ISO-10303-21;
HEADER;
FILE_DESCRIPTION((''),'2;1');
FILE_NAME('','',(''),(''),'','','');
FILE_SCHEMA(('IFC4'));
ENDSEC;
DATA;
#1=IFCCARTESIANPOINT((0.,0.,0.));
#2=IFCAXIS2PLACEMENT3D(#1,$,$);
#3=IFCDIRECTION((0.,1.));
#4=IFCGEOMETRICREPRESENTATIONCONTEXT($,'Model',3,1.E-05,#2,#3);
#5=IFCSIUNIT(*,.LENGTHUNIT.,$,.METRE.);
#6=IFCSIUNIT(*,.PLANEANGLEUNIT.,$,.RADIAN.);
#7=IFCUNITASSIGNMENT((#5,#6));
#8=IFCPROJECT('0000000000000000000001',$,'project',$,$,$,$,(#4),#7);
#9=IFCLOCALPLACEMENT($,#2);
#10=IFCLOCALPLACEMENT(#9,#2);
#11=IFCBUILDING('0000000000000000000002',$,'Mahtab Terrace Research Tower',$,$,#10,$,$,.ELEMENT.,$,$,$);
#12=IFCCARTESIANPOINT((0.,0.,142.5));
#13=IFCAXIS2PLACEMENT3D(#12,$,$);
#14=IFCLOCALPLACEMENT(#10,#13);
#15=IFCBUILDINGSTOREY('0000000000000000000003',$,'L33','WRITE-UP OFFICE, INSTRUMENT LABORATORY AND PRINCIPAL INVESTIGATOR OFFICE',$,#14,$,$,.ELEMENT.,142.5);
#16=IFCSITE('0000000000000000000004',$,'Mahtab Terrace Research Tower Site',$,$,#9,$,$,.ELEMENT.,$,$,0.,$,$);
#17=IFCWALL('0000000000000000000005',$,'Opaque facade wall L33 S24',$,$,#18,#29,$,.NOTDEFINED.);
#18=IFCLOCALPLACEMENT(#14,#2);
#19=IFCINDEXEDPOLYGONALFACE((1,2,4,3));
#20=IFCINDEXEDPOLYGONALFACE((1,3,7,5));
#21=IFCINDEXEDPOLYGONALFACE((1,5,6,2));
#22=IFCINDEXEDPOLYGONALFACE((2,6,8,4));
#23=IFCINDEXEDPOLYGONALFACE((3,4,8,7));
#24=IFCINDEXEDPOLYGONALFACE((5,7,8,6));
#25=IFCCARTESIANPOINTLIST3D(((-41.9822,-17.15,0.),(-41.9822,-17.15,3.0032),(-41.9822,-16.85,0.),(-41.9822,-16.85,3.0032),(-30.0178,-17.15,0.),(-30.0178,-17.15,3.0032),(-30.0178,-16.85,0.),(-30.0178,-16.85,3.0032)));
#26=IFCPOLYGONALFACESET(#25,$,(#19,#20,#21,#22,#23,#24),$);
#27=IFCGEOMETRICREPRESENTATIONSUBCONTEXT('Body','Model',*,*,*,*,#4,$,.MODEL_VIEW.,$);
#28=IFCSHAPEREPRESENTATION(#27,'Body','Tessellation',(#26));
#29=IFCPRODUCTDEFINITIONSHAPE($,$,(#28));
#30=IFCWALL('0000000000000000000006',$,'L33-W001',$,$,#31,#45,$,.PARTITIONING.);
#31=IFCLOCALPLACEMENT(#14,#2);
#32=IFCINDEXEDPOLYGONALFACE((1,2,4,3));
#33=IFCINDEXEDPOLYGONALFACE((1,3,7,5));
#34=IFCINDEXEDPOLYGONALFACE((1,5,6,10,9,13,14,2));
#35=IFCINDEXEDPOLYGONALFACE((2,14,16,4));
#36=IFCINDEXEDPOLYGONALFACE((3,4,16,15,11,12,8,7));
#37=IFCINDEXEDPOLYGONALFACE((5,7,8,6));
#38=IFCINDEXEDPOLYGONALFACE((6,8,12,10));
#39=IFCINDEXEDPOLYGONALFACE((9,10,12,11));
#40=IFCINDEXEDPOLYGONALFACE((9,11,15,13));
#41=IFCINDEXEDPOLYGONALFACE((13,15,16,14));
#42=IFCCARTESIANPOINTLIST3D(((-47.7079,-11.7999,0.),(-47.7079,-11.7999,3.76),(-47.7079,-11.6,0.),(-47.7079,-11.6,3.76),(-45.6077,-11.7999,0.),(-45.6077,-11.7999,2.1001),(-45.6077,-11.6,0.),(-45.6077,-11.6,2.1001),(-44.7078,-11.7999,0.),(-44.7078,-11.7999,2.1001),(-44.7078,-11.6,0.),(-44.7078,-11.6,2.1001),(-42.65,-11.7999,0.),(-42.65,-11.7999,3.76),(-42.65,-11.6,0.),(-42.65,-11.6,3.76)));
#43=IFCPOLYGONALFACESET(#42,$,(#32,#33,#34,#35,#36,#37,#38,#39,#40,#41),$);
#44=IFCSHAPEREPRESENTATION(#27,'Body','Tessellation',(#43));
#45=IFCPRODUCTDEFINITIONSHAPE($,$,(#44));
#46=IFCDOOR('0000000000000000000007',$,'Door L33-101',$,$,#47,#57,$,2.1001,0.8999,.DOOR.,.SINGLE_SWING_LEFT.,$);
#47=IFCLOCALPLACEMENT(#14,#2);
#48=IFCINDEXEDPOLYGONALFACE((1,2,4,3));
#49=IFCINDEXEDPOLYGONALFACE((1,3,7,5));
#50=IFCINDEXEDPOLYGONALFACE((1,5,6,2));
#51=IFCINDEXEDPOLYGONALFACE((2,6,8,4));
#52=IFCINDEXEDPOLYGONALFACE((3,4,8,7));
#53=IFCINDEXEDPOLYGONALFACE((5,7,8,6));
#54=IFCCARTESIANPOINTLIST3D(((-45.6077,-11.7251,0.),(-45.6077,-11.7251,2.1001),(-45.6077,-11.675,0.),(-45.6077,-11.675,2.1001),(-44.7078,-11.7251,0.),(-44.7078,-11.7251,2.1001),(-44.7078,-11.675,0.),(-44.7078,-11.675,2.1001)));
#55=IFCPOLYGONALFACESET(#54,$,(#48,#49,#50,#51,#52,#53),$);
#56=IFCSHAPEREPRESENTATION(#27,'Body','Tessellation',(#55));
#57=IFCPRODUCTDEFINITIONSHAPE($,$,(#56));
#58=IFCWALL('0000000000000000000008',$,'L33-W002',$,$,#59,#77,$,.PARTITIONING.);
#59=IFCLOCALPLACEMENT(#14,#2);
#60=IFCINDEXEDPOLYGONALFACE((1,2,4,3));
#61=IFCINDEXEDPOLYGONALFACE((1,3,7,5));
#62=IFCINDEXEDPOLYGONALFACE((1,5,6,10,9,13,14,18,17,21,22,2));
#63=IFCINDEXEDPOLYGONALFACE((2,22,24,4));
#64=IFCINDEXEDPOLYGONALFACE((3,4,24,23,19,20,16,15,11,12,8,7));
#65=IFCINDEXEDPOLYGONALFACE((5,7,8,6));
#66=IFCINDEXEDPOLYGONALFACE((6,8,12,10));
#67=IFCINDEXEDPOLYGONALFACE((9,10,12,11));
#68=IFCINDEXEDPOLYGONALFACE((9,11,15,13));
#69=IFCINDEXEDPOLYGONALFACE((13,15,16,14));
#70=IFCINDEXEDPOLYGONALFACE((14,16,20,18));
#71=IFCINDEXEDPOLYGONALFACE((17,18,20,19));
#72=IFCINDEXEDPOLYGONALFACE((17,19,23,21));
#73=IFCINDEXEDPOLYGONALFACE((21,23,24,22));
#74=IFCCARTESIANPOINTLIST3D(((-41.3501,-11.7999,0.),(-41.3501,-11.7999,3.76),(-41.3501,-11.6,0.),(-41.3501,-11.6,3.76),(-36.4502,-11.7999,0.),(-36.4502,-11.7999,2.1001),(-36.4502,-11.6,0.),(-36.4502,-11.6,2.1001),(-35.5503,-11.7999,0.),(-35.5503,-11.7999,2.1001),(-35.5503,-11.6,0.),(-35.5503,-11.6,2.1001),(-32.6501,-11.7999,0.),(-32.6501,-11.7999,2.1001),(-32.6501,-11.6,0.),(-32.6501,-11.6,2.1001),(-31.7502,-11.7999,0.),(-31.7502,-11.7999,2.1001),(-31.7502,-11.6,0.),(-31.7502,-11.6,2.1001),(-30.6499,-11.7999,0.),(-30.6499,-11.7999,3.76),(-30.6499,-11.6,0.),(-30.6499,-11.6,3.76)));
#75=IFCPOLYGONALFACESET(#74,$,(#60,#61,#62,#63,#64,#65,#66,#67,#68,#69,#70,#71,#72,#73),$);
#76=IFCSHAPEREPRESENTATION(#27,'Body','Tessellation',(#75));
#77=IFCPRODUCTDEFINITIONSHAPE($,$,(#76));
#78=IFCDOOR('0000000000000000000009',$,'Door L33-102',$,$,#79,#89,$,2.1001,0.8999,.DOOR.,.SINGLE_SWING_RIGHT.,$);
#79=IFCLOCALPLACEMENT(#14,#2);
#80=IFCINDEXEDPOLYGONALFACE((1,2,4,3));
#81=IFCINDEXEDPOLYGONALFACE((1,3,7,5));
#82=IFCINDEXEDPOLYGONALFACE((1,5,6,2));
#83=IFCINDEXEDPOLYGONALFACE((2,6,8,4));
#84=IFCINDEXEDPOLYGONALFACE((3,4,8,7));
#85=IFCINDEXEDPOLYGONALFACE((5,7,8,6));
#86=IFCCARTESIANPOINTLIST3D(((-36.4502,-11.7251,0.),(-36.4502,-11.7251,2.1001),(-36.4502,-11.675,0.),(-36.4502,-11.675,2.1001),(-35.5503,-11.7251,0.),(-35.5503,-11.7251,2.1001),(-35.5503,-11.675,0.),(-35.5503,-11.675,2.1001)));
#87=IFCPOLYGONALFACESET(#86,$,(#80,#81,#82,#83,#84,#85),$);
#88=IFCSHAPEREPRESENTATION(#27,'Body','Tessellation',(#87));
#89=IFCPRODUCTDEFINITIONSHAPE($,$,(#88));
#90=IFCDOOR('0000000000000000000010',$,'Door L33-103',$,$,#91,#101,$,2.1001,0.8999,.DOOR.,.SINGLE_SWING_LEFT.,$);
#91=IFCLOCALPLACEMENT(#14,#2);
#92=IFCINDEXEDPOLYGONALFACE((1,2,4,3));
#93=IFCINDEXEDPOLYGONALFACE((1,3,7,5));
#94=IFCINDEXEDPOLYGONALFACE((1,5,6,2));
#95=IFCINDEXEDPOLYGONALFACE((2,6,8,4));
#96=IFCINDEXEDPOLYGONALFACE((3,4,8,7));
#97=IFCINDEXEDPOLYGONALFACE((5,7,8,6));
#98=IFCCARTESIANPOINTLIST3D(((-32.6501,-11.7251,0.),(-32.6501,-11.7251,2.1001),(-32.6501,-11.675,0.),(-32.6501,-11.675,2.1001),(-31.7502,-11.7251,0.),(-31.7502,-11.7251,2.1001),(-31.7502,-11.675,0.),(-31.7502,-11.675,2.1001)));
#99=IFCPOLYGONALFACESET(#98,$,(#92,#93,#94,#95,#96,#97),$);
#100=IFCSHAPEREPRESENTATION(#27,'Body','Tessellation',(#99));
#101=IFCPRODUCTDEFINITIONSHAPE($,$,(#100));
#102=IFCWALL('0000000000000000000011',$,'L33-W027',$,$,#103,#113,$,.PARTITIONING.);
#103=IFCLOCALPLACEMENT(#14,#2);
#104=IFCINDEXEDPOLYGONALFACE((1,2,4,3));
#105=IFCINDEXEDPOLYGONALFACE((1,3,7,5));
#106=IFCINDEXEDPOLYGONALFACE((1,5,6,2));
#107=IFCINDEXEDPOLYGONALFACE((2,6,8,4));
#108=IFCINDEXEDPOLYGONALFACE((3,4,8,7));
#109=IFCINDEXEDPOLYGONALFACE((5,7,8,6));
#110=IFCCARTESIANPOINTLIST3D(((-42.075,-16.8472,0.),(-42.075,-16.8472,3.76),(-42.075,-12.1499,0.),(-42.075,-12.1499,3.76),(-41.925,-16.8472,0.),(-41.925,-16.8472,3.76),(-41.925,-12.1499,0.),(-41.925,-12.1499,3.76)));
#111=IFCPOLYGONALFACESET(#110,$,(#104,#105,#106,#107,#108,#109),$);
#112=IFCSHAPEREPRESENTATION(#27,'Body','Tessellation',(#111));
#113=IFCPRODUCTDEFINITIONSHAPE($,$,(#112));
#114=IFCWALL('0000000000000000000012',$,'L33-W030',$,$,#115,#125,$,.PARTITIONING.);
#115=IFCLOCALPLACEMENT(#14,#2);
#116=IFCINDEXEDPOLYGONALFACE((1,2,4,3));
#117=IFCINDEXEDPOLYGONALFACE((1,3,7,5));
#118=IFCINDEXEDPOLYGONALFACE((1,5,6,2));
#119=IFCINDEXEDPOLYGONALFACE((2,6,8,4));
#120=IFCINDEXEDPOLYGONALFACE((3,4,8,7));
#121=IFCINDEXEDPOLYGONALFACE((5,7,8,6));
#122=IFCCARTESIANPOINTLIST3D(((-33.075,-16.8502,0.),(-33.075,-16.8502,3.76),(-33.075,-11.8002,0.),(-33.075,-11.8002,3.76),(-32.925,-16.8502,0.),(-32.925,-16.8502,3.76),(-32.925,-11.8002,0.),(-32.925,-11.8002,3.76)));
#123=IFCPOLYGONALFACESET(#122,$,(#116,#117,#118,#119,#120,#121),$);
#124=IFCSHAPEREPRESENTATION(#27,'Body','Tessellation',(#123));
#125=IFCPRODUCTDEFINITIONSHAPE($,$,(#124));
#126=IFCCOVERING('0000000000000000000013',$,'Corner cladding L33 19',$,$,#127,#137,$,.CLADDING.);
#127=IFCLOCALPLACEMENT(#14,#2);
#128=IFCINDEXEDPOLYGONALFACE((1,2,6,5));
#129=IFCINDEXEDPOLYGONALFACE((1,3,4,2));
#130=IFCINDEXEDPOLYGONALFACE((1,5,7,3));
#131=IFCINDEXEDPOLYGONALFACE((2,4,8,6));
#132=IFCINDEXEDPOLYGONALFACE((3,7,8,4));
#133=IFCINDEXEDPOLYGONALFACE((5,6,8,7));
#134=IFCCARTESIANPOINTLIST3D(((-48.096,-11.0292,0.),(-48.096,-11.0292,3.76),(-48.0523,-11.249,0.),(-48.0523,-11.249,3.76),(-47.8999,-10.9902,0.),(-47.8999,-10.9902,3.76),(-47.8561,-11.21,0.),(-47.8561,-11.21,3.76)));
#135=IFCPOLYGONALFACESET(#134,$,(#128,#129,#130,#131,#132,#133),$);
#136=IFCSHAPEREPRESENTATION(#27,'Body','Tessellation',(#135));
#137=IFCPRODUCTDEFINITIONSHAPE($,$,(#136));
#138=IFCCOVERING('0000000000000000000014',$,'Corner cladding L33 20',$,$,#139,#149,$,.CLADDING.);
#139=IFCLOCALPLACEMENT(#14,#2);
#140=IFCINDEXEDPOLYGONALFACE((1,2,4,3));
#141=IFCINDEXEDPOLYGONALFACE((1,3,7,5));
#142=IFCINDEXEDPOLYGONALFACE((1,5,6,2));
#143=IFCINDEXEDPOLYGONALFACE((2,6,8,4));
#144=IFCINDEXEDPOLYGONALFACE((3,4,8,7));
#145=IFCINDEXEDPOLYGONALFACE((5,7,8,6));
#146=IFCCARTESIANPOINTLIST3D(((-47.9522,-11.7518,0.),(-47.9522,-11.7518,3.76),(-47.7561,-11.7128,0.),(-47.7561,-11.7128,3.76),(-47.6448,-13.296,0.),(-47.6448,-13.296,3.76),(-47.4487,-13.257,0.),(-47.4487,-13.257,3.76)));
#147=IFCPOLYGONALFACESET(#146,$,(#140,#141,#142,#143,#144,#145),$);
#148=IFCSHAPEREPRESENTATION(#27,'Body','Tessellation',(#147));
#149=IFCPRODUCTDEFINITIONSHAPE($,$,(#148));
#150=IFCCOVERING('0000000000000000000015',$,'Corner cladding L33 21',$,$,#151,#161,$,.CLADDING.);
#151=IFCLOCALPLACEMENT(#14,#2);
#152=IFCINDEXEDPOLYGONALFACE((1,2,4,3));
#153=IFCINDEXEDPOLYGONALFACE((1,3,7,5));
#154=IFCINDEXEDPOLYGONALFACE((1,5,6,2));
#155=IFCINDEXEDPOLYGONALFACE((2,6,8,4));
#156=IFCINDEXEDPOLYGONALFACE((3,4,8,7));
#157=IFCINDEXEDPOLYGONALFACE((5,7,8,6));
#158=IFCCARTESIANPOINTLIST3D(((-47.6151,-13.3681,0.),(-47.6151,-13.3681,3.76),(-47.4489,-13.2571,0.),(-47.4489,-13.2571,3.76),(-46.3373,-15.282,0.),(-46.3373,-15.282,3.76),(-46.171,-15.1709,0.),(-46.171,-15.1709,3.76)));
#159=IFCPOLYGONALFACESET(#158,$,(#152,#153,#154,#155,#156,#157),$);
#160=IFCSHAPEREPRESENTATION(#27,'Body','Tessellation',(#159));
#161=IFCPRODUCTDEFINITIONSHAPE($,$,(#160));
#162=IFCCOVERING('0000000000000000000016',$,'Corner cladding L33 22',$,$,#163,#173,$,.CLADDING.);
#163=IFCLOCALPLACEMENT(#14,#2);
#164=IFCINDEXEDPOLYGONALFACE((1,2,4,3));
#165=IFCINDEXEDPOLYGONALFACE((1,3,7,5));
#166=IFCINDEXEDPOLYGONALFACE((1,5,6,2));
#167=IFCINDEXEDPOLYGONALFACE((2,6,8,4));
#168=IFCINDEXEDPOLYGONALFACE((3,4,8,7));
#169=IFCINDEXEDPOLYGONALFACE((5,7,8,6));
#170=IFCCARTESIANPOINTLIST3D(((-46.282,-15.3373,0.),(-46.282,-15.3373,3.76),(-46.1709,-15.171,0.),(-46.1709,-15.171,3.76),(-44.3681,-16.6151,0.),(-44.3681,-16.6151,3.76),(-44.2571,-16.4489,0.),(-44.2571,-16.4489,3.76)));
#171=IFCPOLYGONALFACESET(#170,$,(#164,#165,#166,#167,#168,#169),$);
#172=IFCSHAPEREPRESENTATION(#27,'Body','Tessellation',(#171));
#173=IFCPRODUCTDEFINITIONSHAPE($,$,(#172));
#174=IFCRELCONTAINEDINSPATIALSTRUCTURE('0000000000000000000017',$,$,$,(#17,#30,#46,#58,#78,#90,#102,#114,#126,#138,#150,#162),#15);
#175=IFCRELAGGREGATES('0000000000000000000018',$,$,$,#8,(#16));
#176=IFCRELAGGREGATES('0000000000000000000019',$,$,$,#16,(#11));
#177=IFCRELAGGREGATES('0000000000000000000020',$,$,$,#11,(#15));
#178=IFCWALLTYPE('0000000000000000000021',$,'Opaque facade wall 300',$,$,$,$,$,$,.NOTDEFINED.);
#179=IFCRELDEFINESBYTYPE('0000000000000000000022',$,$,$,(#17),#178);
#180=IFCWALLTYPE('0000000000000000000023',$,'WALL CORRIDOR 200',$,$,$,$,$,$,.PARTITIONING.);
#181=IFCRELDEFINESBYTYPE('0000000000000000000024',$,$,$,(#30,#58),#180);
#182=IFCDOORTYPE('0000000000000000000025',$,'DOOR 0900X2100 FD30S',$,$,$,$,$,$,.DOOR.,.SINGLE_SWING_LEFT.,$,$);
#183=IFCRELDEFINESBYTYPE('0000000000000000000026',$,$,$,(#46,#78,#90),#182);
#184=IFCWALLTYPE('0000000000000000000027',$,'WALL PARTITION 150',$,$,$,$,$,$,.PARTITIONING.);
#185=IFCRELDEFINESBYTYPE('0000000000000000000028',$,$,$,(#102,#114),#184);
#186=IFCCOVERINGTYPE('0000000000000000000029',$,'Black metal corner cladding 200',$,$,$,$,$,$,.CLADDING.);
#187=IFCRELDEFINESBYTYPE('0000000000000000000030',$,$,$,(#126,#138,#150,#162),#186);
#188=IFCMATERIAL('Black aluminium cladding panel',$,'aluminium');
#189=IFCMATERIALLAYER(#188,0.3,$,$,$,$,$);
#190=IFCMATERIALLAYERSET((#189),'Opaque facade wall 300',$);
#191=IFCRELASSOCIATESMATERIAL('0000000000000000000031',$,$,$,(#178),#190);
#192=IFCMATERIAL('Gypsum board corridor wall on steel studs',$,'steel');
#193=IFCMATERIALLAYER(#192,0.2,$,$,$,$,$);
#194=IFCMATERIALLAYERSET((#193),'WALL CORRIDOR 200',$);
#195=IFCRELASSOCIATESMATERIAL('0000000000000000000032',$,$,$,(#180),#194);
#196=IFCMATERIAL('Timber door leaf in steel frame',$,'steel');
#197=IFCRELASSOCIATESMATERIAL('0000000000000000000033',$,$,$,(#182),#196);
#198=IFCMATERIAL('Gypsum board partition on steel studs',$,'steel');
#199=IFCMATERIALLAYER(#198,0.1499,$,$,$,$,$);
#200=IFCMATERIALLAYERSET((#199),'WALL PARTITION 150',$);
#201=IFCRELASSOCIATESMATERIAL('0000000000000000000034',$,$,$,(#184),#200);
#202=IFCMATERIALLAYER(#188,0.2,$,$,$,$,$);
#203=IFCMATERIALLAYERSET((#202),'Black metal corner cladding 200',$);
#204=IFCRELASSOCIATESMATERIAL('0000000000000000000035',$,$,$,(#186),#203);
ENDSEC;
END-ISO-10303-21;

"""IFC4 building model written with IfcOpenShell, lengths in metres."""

from ifc_helpers import new_model, si_unit, direction, frame, frame_2d, origin, origin_2d, place, context, subcontext, project, spatial, rectangle, extrude, material, layer, layer_set, type_object, element, fill, save


model = new_model("IFC4")

# Units and contexts
model_context = context("Model", 3, precision=1e-05, world=origin(), true_north=direction((0.0, 1.0)))
body_context = subcontext(model_context, "Body", "Model", "MODEL_VIEW")
ifc_project = project(units=[si_unit("LENGTHUNIT", "METRE"), si_unit("PLANEANGLEUNIT", "RADIAN")], contexts=[model_context])

# Site, building, storey
site_placement = place(None, origin())
site = spatial("IfcSite", under=ifc_project, at=site_placement, Name="Mahtab Terrace Research Tower Site", CompositionType="ELEMENT", RefElevation=0.0)
building_placement = place(site_placement, origin())
building = spatial("IfcBuilding", under=site, at=building_placement, Name="Mahtab Terrace Research Tower", CompositionType="ELEMENT")
storey_placement = place(building_placement, frame((0.0, 0.0, 142.5)))
storey = spatial("IfcBuildingStorey", under=building, at=storey_placement, Name="L33", Description="WRITE-UP OFFICE, INSTRUMENT LABORATORY AND PRINCIPAL INVESTIGATOR OFFICE", CompositionType="ELEMENT", Elevation=142.5)

# Wall
ifc_material_1 = material(Name="Black aluminium cladding panel", Category="aluminium")
ifc_layer_1 = layer(ifc_material_1, 0.3)
ifc_layer_set_1 = layer_set([ifc_layer_1], Name="Opaque facade wall 300")
wall_type_1 = type_object("IfcWallType", Name="Opaque facade wall 300", PredefinedType="NOTDEFINED", material=ifc_layer_set_1)
wall_1_placement = place(storey_placement, frame((-41.9822, -17.0, 0.0), z_axis=(0.0, 0.0, 1.0), x_axis=(1.0, 0.0, 0.0)))
element("IfcWall", 1, at=wall_1_placement, inside=storey, type_object=wall_type_1, Name="Opaque facade wall L33 S24", PredefinedType="NOTDEFINED", context=body_context, shape_type="SweptSolid", body=[
    extrude(rectangle(XDim=11.9644, YDim=0.3, at=frame_2d((5.9822, 0.0))), origin(), (0.0, 0.0, 1.0), 3.0032),
])

# Wall, opening, door
ifc_material_2 = material(Name="Gypsum board corridor wall on steel studs", Category="steel")
ifc_layer_2 = layer(ifc_material_2, 0.2)
ifc_layer_set_2 = layer_set([ifc_layer_2], Name="WALL CORRIDOR 200")
wall_type_2 = type_object("IfcWallType", Name="WALL CORRIDOR 200", PredefinedType="PARTITIONING", material=ifc_layer_set_2)
wall_2_placement = place(storey_placement, frame((-47.7078, -11.7, 0.0), z_axis=(0.0, 0.0, 1.0), x_axis=(1.0, 0.0, 0.0)))
wall_2 = element("IfcWall", 2, at=wall_2_placement, inside=storey, type_object=wall_type_2, Name="L33-W001", PredefinedType="PARTITIONING", context=body_context, shape_type="SweptSolid", body=[
    extrude(rectangle(XDim=5.0579, YDim=0.2, at=frame_2d((2.5288, 0.0))), origin(), (0.0, 0.0, 1.0), 3.76),
])
opening_1_placement = place(wall_2_placement, frame((2.1001, 0.0, 0.0)))
opening_1 = element("IfcOpeningElement", 3, at=opening_1_placement, cuts=wall_2, PredefinedType="OPENING", context=body_context, shape_type="SweptSolid", body=[
    extrude(rectangle(XDim=0.8999, YDim=2.1001, at=frame_2d((0.45, 1.05))), frame((0.0, 0.1099, 0.0), z_axis=(0.0, -1.0, 0.0), x_axis=(1.0, 0.0, 0.0)), (0.0, 0.0, 1.0), 0.22),
])
ifc_material_3 = material(Name="Timber door leaf in steel frame", Category="steel")
door_type = type_object("IfcDoorType", Name="DOOR 0900X2100 FD30S", OperationType="SINGLE_SWING_LEFT", PredefinedType="DOOR", material=ifc_material_3)
door_1_placement = place(opening_1_placement, origin())
door_1 = element("IfcDoor", 4, at=door_1_placement, inside=storey, type_object=door_type, Name="Door L33-101", OperationType="SINGLE_SWING_LEFT", OverallHeight=2.1001, OverallWidth=0.8999, PredefinedType="DOOR", context=body_context, shape_type="SweptSolid", body=[
    extrude(rectangle(XDim=0.8999, YDim=2.1001, at=frame_2d((0.45, 1.05))), frame((0.0, 0.0249, 0.0), z_axis=(0.0, -1.0, 0.0), x_axis=(1.0, 0.0, 0.0)), (0.0, 0.0, 1.0), 0.05),
])
fill(opening_1, door_1)

# Wall, openings, doors
wall_3_placement = place(storey_placement, frame((-41.3501, -11.7, 0.0), z_axis=(0.0, 0.0, 1.0), x_axis=(1.0, 0.0, 0.0)))
wall_3 = element("IfcWall", 5, at=wall_3_placement, inside=storey, type_object=wall_type_2, Name="L33-W002", PredefinedType="PARTITIONING", context=body_context, shape_type="SweptSolid", body=[
    extrude(rectangle(XDim=10.7002, YDim=0.2, at=frame_2d((5.3501, 0.0))), origin(), (0.0, 0.0, 1.0), 3.76),
])
opening_2_placement = place(wall_3_placement, frame((4.8999, 0.0, 0.0)))
opening_2 = element("IfcOpeningElement", 6, at=opening_2_placement, cuts=wall_3, PredefinedType="OPENING", context=body_context, shape_type="SweptSolid", body=[
    extrude(rectangle(XDim=0.8999, YDim=2.1001, at=frame_2d((0.45, 1.05))), frame((0.0, 0.1099, 0.0), z_axis=(0.0, -1.0, 0.0), x_axis=(1.0, 0.0, 0.0)), (0.0, 0.0, 1.0), 0.22),
])
opening_3_placement = place(wall_3_placement, frame((8.7, 0.0, 0.0)))
opening_3 = element("IfcOpeningElement", 7, at=opening_3_placement, cuts=wall_3, PredefinedType="OPENING", context=body_context, shape_type="SweptSolid", body=[
    extrude(rectangle(XDim=0.8999, YDim=2.1001, at=frame_2d((0.45, 1.05))), frame((0.0, 0.1099, 0.0), z_axis=(0.0, -1.0, 0.0), x_axis=(1.0, 0.0, 0.0)), (0.0, 0.0, 1.0), 0.22),
])
door_2_placement = place(opening_2_placement, origin())
door_2 = element("IfcDoor", 8, at=door_2_placement, inside=storey, type_object=door_type, Name="Door L33-102", OperationType="SINGLE_SWING_RIGHT", OverallHeight=2.1001, OverallWidth=0.8999, PredefinedType="DOOR", context=body_context, shape_type="SweptSolid", body=[
    extrude(rectangle(XDim=0.8999, YDim=2.1001, at=frame_2d((0.45, 1.05))), frame((0.0, 0.0249, 0.0), z_axis=(0.0, -1.0, 0.0), x_axis=(1.0, 0.0, 0.0)), (0.0, 0.0, 1.0), 0.05),
])
fill(opening_2, door_2)
door_3_placement = place(opening_3_placement, origin())
door_3 = element("IfcDoor", 9, at=door_3_placement, inside=storey, type_object=door_type, Name="Door L33-103", OperationType="SINGLE_SWING_LEFT", OverallHeight=2.1001, OverallWidth=0.8999, PredefinedType="DOOR", context=body_context, shape_type="SweptSolid", body=[
    extrude(rectangle(XDim=0.8999, YDim=2.1001, at=frame_2d((0.45, 1.05))), frame((0.0, 0.0249, 0.0), z_axis=(0.0, -1.0, 0.0), x_axis=(1.0, 0.0, 0.0)), (0.0, 0.0, 1.0), 0.05),
])
fill(opening_3, door_3)

# Walls
ifc_material_4 = material(Name="Gypsum board partition on steel studs", Category="steel")
ifc_layer_3 = layer(ifc_material_4, 0.1499)
ifc_layer_set_3 = layer_set([ifc_layer_3], Name="WALL PARTITION 150")
wall_type_3 = type_object("IfcWallType", Name="WALL PARTITION 150", PredefinedType="PARTITIONING", material=ifc_layer_set_3)
wall_4_placement = place(storey_placement, frame((-42.0, -16.8472, 0.0), z_axis=(0.0, 0.0, 1.0), x_axis=(0.0, 1.0, 0.0)))
element("IfcWall", 10, at=wall_4_placement, inside=storey, type_object=wall_type_3, Name="L33-W027", PredefinedType="PARTITIONING", context=body_context, shape_type="SweptSolid", body=[
    extrude(rectangle(XDim=4.6973, YDim=0.1499, at=frame_2d((2.3486, 0.0))), origin(), (0.0, 0.0, 1.0), 3.76),
])
wall_5_placement = place(storey_placement, frame((-33.0, -16.8501, 0.0), z_axis=(0.0, 0.0, 1.0), x_axis=(0.0, 1.0, 0.0)))
element("IfcWall", 11, at=wall_5_placement, inside=storey, type_object=wall_type_3, Name="L33-W030", PredefinedType="PARTITIONING", context=body_context, shape_type="SweptSolid", body=[
    extrude(rectangle(XDim=5.05, YDim=0.1499, at=frame_2d((2.5249, 0.0))), origin(), (0.0, 0.0, 1.0), 3.76),
])

# Coverings
ifc_layer_4 = layer(ifc_material_1, 0.2)
ifc_layer_set_4 = layer_set([ifc_layer_4], Name="Black metal corner cladding 200")
covering_type_1 = type_object("IfcCoveringType", Name="Black metal corner cladding 200", PredefinedType="CLADDING", material=ifc_layer_set_4)
covering_1_placement = place(storey_placement, frame((-47.9761, -11.1196, 0.0), z_axis=(0.0, 0.0, 1.0), x_axis=(0.195212, -0.980761, 0.0)))
element("IfcCovering", 12, at=covering_1_placement, inside=storey, type_object=covering_type_1, Name="Corner cladding L33 19", PredefinedType="CLADDING", context=body_context, shape_type="SweptSolid", body=[
    extrude(rectangle(XDim=0.2241, YDim=0.2, at=origin_2d()), origin(), (0.0, 0.0, 1.0), 3.76),
])
covering_2_placement = place(storey_placement, frame((-47.7004, -12.5044, 0.0), z_axis=(0.0, 0.0, 1.0), x_axis=(0.195212, -0.980761, 0.0)))
element("IfcCovering", 13, at=covering_2_placement, inside=storey, type_object=covering_type_1, Name="Corner cladding L33 20", PredefinedType="CLADDING", context=body_context, shape_type="SweptSolid", body=[
    extrude(rectangle(XDim=1.5745, YDim=0.2, at=origin_2d()), origin(), (0.0, 0.0, 1.0), 3.76),
])
for number, where, z_axis, x_axis, name in (
    (14, (-46.8931, -14.2695, 0.0), (0.0, 0.0, 1.0), (0.555291, -0.831656, 0.0), "Corner cladding L33 21"),
    (15, (-45.2695, -15.8931, 0.0), (0.0, 0.0, 1.0), (0.831656, -0.555291, 0.0), "Corner cladding L33 22"),
):
    element("IfcCovering", number, at=place(storey_placement, frame(where, z_axis=z_axis, x_axis=x_axis)), inside=storey, type_object=covering_type_1, Name=name, PredefinedType="CLADDING", context=body_context, shape_type="SweptSolid", body=[
        extrude(rectangle(XDim=2.3013, YDim=0.2, at=origin_2d()), origin(), (0.0, 0.0, 1.0), 3.76),
    ])

save(model, "model.ifc")
